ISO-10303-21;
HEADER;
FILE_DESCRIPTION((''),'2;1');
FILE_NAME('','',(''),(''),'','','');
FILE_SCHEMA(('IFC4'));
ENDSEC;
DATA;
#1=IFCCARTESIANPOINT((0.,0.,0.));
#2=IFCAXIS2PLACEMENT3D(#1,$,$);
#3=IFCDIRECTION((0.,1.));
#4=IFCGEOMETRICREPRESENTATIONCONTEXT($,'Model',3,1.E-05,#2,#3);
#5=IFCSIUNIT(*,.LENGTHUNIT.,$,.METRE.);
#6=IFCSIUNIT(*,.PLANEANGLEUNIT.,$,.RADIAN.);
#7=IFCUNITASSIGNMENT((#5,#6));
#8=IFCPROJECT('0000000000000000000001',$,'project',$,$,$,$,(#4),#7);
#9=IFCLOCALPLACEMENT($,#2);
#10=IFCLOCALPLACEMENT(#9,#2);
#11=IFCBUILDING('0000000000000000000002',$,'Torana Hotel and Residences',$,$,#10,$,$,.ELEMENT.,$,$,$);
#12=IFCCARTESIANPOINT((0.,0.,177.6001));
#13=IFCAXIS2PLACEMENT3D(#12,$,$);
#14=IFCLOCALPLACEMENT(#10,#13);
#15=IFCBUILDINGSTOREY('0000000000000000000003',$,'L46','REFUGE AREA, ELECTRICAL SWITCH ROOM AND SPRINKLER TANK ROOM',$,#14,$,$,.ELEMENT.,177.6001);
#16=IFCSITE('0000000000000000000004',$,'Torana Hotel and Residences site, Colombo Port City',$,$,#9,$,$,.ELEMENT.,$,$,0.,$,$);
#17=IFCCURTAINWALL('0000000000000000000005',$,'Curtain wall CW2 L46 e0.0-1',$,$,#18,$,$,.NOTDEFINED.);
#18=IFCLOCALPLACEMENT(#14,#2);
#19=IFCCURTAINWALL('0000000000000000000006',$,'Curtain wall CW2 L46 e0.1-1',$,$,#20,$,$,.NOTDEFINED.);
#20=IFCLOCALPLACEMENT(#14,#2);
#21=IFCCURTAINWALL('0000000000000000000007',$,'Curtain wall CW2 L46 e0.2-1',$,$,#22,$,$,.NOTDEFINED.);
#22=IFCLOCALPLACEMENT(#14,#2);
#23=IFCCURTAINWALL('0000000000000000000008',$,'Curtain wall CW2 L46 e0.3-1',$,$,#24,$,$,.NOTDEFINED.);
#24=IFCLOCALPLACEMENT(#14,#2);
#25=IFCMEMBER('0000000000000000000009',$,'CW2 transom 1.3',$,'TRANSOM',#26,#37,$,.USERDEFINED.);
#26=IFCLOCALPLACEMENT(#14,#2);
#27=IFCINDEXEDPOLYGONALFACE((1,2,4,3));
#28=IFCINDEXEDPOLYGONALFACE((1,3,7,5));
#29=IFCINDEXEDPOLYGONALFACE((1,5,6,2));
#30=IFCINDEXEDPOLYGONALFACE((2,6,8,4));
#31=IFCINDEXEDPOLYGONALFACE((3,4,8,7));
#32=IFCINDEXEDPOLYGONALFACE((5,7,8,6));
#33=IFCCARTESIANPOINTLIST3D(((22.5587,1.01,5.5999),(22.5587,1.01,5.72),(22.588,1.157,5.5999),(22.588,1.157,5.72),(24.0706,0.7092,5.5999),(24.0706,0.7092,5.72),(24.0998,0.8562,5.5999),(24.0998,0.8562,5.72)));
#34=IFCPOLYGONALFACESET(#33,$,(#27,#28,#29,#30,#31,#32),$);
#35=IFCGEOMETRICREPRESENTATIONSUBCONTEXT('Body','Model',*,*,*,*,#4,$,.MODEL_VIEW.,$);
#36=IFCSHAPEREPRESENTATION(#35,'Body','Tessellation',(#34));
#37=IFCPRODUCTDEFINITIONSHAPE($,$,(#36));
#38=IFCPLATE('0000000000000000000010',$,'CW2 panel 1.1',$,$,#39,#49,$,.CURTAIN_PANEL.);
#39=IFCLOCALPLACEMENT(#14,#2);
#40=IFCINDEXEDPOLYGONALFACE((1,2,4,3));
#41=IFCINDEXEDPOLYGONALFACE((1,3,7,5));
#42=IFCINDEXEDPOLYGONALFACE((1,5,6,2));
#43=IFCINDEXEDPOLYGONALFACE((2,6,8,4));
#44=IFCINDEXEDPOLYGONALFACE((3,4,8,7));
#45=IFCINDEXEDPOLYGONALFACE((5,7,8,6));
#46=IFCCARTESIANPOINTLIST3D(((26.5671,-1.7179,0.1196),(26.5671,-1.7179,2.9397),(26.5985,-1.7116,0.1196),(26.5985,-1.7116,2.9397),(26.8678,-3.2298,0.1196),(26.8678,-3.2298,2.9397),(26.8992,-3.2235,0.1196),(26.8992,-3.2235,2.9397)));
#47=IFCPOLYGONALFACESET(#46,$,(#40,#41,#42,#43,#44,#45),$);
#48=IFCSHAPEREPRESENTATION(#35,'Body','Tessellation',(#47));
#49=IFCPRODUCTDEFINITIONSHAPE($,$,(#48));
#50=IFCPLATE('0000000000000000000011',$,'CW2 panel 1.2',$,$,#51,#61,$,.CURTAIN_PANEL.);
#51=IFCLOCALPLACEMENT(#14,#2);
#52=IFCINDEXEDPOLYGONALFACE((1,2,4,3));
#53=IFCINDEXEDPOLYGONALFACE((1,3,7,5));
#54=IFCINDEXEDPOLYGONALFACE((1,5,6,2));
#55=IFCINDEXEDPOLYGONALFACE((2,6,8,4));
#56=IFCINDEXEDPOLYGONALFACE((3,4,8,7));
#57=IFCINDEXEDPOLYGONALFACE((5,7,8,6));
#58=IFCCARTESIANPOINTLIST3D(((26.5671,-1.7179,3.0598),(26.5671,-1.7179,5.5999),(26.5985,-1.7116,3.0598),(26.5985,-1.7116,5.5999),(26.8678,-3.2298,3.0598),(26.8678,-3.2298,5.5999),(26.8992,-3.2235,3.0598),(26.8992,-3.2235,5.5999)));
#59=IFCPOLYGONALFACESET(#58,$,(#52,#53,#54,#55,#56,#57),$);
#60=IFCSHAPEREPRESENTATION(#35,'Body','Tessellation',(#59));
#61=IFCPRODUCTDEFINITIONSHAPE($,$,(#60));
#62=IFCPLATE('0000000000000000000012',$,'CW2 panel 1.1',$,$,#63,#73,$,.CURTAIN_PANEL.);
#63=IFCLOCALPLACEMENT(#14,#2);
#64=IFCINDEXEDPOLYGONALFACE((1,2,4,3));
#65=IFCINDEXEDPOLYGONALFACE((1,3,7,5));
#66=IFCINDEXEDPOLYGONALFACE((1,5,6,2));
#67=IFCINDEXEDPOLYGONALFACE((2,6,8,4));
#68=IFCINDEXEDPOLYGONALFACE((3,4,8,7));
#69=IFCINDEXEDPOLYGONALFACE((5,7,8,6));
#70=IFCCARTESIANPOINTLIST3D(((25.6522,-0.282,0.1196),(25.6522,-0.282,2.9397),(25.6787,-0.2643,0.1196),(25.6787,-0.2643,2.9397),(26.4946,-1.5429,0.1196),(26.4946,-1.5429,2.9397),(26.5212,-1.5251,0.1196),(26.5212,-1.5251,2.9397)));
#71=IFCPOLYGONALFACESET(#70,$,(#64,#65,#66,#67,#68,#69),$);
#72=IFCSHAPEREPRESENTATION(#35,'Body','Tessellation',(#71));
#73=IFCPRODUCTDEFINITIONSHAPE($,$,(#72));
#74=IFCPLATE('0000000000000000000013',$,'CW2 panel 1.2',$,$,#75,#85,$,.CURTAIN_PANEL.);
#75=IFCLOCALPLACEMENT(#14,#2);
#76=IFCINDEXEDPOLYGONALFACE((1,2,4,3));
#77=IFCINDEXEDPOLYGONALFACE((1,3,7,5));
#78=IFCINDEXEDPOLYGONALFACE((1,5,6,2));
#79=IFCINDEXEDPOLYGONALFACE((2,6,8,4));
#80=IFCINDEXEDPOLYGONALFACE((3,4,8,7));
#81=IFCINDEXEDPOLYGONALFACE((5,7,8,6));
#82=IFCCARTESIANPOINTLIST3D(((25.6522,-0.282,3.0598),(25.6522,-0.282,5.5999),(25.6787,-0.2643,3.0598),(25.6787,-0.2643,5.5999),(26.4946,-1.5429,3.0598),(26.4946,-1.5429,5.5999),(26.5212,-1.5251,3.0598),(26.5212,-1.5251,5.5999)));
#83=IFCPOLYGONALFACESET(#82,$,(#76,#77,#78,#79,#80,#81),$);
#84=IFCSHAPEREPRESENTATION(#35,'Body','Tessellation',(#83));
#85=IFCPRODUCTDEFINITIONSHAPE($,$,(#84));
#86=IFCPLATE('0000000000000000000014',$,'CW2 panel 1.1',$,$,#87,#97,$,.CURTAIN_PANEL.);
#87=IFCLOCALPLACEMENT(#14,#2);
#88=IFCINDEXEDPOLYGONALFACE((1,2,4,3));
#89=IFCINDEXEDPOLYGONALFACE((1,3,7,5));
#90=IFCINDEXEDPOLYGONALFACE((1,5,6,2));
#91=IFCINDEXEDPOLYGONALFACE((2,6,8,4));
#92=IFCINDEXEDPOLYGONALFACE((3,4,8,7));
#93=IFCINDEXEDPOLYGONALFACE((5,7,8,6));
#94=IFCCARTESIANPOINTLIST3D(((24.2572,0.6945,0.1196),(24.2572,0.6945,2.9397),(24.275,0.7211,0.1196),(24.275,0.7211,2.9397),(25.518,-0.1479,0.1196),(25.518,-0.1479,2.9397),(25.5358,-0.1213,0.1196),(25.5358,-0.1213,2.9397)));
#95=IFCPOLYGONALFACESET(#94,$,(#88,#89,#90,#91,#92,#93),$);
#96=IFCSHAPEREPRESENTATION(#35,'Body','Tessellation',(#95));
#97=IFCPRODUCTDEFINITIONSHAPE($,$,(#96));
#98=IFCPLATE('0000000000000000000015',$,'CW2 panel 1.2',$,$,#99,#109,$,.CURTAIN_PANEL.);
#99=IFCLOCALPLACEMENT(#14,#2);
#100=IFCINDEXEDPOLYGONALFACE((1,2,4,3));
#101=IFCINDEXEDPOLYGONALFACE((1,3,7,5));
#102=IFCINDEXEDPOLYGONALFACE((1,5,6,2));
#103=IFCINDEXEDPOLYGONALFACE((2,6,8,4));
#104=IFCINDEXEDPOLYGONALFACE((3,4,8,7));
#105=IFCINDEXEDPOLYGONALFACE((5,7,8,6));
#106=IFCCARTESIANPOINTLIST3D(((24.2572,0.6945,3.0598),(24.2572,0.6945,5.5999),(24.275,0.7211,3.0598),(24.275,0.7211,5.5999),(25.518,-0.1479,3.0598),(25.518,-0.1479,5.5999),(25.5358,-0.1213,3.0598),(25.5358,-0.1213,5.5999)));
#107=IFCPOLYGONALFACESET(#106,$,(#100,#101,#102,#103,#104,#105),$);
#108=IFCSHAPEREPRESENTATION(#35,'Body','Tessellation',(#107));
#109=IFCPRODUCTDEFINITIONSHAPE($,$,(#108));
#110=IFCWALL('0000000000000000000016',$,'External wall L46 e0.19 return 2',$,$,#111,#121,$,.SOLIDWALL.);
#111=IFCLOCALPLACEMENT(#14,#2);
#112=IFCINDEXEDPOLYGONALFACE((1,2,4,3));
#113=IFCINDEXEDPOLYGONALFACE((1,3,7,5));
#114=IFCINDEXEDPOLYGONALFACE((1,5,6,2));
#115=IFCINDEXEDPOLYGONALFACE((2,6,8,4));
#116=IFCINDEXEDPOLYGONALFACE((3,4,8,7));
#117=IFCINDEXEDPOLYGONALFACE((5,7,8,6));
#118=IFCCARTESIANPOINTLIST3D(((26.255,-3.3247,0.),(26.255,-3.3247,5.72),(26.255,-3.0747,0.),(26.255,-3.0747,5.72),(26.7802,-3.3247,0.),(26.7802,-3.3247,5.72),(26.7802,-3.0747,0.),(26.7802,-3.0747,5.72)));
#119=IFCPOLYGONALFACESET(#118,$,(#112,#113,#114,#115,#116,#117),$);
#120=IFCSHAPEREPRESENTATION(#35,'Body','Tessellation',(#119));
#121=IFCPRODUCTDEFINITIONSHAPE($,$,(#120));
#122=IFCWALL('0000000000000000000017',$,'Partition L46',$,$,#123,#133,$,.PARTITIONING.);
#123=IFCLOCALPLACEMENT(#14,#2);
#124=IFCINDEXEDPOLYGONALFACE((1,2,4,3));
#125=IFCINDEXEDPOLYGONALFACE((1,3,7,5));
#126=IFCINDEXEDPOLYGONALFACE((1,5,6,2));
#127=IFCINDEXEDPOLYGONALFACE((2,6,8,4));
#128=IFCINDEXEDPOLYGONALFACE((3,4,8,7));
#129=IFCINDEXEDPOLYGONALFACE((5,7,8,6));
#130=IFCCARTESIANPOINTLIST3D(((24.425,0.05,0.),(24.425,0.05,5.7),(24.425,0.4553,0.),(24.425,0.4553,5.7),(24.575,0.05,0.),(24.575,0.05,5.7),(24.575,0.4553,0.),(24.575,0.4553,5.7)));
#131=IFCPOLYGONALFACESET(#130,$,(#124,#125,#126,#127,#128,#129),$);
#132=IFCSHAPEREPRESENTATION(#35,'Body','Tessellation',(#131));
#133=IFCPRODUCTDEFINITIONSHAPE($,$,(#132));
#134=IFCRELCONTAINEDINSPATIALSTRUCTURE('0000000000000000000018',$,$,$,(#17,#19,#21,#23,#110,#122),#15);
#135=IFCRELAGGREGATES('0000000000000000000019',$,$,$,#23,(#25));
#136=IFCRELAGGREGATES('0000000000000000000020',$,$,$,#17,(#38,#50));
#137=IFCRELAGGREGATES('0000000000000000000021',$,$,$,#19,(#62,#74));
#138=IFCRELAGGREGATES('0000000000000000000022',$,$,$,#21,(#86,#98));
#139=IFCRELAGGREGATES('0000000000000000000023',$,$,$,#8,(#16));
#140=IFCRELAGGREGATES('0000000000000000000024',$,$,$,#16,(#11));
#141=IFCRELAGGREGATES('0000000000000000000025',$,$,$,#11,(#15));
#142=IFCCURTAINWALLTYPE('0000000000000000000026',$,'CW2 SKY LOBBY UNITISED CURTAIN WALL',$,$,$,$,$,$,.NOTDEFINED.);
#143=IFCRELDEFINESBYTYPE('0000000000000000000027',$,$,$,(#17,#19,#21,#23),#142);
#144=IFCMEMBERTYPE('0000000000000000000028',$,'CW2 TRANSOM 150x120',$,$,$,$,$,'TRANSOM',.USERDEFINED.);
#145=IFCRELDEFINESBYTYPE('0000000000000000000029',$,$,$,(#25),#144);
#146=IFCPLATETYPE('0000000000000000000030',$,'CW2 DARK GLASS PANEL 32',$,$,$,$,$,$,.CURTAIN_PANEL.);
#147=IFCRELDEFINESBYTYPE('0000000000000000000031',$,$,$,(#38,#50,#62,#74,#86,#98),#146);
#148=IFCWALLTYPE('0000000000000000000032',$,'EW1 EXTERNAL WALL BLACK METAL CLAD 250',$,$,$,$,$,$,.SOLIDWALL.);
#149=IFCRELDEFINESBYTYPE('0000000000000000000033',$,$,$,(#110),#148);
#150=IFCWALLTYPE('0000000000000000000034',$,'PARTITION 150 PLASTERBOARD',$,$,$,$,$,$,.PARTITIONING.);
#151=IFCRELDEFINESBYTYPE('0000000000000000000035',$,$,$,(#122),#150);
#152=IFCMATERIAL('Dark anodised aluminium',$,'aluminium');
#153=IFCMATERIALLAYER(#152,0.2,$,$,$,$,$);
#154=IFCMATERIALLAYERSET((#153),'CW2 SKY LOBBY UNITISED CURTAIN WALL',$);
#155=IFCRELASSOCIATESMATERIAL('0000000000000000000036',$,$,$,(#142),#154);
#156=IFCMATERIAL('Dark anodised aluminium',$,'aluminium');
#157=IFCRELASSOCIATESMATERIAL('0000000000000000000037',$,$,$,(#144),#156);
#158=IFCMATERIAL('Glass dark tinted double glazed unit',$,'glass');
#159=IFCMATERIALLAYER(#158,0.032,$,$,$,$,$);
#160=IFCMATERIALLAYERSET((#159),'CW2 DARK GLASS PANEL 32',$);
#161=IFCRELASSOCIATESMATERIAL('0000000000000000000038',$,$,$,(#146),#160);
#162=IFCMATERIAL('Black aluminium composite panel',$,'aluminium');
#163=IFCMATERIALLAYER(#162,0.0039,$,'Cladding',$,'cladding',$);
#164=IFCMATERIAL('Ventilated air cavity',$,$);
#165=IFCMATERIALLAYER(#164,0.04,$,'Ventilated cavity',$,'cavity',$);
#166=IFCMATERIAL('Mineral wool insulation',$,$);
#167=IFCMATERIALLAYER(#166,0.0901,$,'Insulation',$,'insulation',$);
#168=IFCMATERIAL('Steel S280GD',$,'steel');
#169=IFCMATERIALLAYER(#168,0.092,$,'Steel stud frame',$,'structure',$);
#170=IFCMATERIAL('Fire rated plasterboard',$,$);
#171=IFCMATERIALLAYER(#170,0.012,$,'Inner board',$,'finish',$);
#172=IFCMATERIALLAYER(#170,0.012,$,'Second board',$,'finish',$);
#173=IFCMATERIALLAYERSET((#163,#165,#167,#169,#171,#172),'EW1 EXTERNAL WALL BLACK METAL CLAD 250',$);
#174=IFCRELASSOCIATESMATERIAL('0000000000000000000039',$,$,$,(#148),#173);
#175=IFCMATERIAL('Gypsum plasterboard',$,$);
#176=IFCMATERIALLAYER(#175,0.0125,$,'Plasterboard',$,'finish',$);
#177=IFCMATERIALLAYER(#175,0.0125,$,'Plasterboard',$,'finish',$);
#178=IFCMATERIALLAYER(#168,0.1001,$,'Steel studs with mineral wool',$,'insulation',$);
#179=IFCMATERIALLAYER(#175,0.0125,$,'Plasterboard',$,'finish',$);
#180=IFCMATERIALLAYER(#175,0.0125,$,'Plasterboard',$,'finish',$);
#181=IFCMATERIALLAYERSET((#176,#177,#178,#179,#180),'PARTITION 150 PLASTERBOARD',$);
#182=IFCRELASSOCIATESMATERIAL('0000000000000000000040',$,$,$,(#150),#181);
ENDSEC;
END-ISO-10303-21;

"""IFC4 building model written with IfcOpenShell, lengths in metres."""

from ifc_helpers import new_model, si_unit, direction, frame, frame_2d, origin, origin_2d, place, context, subcontext, project, spatial, rectangle, extrude, material, layer, layer_set, material_profile, profile_set, type_object, element, aggregate, save


model = new_model("IFC4")

# Units and contexts
model_context = context("Model", 3, precision=1e-05, world=origin(), true_north=direction((0.0, 1.0)))
body_context = subcontext(model_context, "Body", "Model", "MODEL_VIEW")
ifc_project = project(units=[si_unit("LENGTHUNIT", "METRE"), si_unit("PLANEANGLEUNIT", "RADIAN")], contexts=[model_context])

# Site, building, storey
site_placement = place(None, origin())
site = spatial("IfcSite", under=ifc_project, at=site_placement, Name="Torana Hotel and Residences site, Colombo Port City", CompositionType="ELEMENT", RefElevation=0.0)
building_placement = place(site_placement, origin())
building = spatial("IfcBuilding", under=site, at=building_placement, Name="Torana Hotel and Residences", CompositionType="ELEMENT")
storey_placement = place(building_placement, frame((0.0, 0.0, 177.6001)))
storey = spatial("IfcBuildingStorey", under=building, at=storey_placement, Name="L46", Description="REFUGE AREA, ELECTRICAL SWITCH ROOM AND SPRINKLER TANK ROOM", CompositionType="ELEMENT", Elevation=177.6001)

# Curtain wall
ifc_material_1 = material(Name="Dark anodised aluminium", Category="aluminium")
ifc_layer_1 = layer(ifc_material_1, 0.2)
ifc_layer_set_1 = layer_set([ifc_layer_1], Name="CW2 SKY LOBBY UNITISED CURTAIN WALL")
curtain_wall_type = type_object("IfcCurtainWallType", Name="CW2 SKY LOBBY UNITISED CURTAIN WALL", PredefinedType="NOTDEFINED", material=ifc_layer_set_1)
curtain_wall_1_placement = place(storey_placement, origin())
curtain_wall_1 = element("IfcCurtainWall", 1, at=curtain_wall_1_placement, inside=storey, type_object=curtain_wall_type, Name="Curtain wall CW2 L46 e0.0-1", PredefinedType="NOTDEFINED")

# Curtain walls
curtain_wall_2_placement = place(storey_placement, origin())
curtain_wall_2 = element("IfcCurtainWall", 2, at=curtain_wall_2_placement, inside=storey, type_object=curtain_wall_type, Name="Curtain wall CW2 L46 e0.1-1", PredefinedType="NOTDEFINED")
curtain_wall_3_placement = place(storey_placement, origin())
curtain_wall_3 = element("IfcCurtainWall", 3, at=curtain_wall_3_placement, inside=storey, type_object=curtain_wall_type, Name="Curtain wall CW2 L46 e0.2-1", PredefinedType="NOTDEFINED")

# Curtain wall
curtain_wall_4_placement = place(storey_placement, origin())
curtain_wall_4 = element("IfcCurtainWall", 4, at=curtain_wall_4_placement, inside=storey, type_object=curtain_wall_type, Name="Curtain wall CW2 L46 e0.3-1", PredefinedType="NOTDEFINED")

# Member
ifc_material_2 = material(Name="Dark anodised aluminium", Category="aluminium")
ifc_material_profile_1 = material_profile(ifc_material_2, rectangle(XDim=0.1499, YDim=0.1201, at=origin_2d()), Name="CW2 TRANSOM 150x120")
ifc_profile_set_1 = profile_set([ifc_material_profile_1], Name="Dark anodised aluminium")
member_type_1 = type_object("IfcMemberType", Name="CW2 TRANSOM 150x120", ElementType="TRANSOM", PredefinedType="USERDEFINED", material=ifc_profile_set_1)
member_1_placement = place(storey_placement, frame((24.0852, 0.7827, 5.6599), z_axis=(-0.980781, 0.195111, 0.0), x_axis=(-0.195111, -0.980781, 0.0)))
member_1 = element("IfcMember", 5, at=member_1_placement, type_object=member_type_1, Name="CW2 transom 1.3", ObjectType="TRANSOM", PredefinedType="USERDEFINED", context=body_context, shape_type="SweptSolid", body=[
    extrude(rectangle(XDim=0.1499, YDim=0.1201, at=origin_2d()), origin(), (0.0, 0.0, 1.0), 1.5415),
])
aggregate(curtain_wall_4, [member_1])

# Plates
ifc_material_3 = material(Name="Glass dark tinted double glazed unit", Category="glass")
ifc_layer_2 = layer(ifc_material_3, 0.032)
ifc_layer_set_2 = layer_set([ifc_layer_2], Name="CW2 DARK GLASS PANEL 32")
plate_type = type_object("IfcPlateType", Name="CW2 DARK GLASS PANEL 32", PredefinedType="CURTAIN_PANEL", material=ifc_layer_set_2)
plate_1_placement = place(storey_placement, frame((26.7332, -2.4707, 0.1196), z_axis=(0.0, 0.0, 1.0), x_axis=(-0.195064, 0.980791, 0.0)))
plate_1 = element("IfcPlate", 6, at=plate_1_placement, type_object=plate_type, Name="CW2 panel 1.1", PredefinedType="CURTAIN_PANEL", context=body_context, shape_type="SweptSolid", body=[
    extrude(rectangle(XDim=1.5415, YDim=0.032, at=origin_2d()), origin(), (0.0, 0.0, 1.0), 2.8201),
])
plate_2_placement = place(storey_placement, frame((26.7332, -2.4707, 3.0598), z_axis=(0.0, 0.0, 1.0), x_axis=(-0.195064, 0.980791, 0.0)))
plate_2 = element("IfcPlate", 7, at=plate_2_placement, type_object=plate_type, Name="CW2 panel 1.2", PredefinedType="CURTAIN_PANEL", context=body_context, shape_type="SweptSolid", body=[
    extrude(rectangle(XDim=1.5415, YDim=0.032, at=origin_2d()), origin(), (0.0, 0.0, 1.0), 2.54),
])
aggregate(curtain_wall_1, [plate_1, plate_2])
plate_3_placement = place(storey_placement, frame((26.0867, -0.9036, 0.1196), z_axis=(0.0, 0.0, 1.0), x_axis=(-0.555564, 0.831474, 0.0)))
plate_3 = element("IfcPlate", 8, at=plate_3_placement, type_object=plate_type, Name="CW2 panel 1.1", PredefinedType="CURTAIN_PANEL", context=body_context, shape_type="SweptSolid", body=[
    extrude(rectangle(XDim=1.5164, YDim=0.032, at=origin_2d()), origin(), (0.0, 0.0, 1.0), 2.8201),
])
plate_4_placement = place(storey_placement, frame((26.0867, -0.9036, 3.0598), z_axis=(0.0, 0.0, 1.0), x_axis=(-0.555564, 0.831474, 0.0)))
plate_4 = element("IfcPlate", 9, at=plate_4_placement, type_object=plate_type, Name="CW2 panel 1.2", PredefinedType="CURTAIN_PANEL", context=body_context, shape_type="SweptSolid", body=[
    extrude(rectangle(XDim=1.5164, YDim=0.032, at=origin_2d()), origin(), (0.0, 0.0, 1.0), 2.54),
])
aggregate(curtain_wall_2, [plate_3, plate_4])
plate_5_placement = place(storey_placement, frame((24.8965, 0.2866, 0.1196), z_axis=(0.0, 0.0, 1.0), x_axis=(-0.831474, 0.555564, 0.0)))
plate_5 = element("IfcPlate", 10, at=plate_5_placement, type_object=plate_type, Name="CW2 panel 1.1", PredefinedType="CURTAIN_PANEL", context=body_context, shape_type="SweptSolid", body=[
    extrude(rectangle(XDim=1.5164, YDim=0.032, at=origin_2d()), origin(), (0.0, 0.0, 1.0), 2.8201),
])
plate_6_placement = place(storey_placement, frame((24.8965, 0.2866, 3.0598), z_axis=(0.0, 0.0, 1.0), x_axis=(-0.831474, 0.555564, 0.0)))
plate_6 = element("IfcPlate", 11, at=plate_6_placement, type_object=plate_type, Name="CW2 panel 1.2", PredefinedType="CURTAIN_PANEL", context=body_context, shape_type="SweptSolid", body=[
    extrude(rectangle(XDim=1.5164, YDim=0.032, at=origin_2d()), origin(), (0.0, 0.0, 1.0), 2.54),
])
aggregate(curtain_wall_3, [plate_5, plate_6])

# Walls
ifc_material_4 = material(Name="Black aluminium composite panel", Category="aluminium")
ifc_layer_3 = layer(ifc_material_4, 0.0039, Name="Cladding", Category="cladding")
ifc_material_5 = material(Name="Ventilated air cavity")
ifc_layer_4 = layer(ifc_material_5, 0.04, Name="Ventilated cavity", Category="cavity")
ifc_material_6 = material(Name="Mineral wool insulation")
ifc_layer_5 = layer(ifc_material_6, 0.0901, Name="Insulation", Category="insulation")
ifc_material_7 = material(Name="Steel S280GD", Category="steel")
ifc_layer_6 = layer(ifc_material_7, 0.092, Name="Steel stud frame", Category="structure")
ifc_material_8 = material(Name="Fire rated plasterboard")
ifc_layer_7 = layer(ifc_material_8, 0.012, Name="Inner board", Category="finish")
ifc_layer_8 = layer(ifc_material_8, 0.012, Name="Second board", Category="finish")
ifc_layer_set_3 = layer_set([ifc_layer_3, ifc_layer_4, ifc_layer_5, ifc_layer_6, ifc_layer_7, ifc_layer_8], Name="EW1 EXTERNAL WALL BLACK METAL CLAD 250")
wall_type_1 = type_object("IfcWallType", Name="EW1 EXTERNAL WALL BLACK METAL CLAD 250", PredefinedType="SOLIDWALL", material=ifc_layer_set_3)
wall_1_placement = place(storey_placement, frame((26.2549, -3.1997, 0.0), z_axis=(0.0, 0.0, 1.0), x_axis=(1.0, 0.0, 0.0)))
element("IfcWall", 12, at=wall_1_placement, inside=storey, type_object=wall_type_1, Name="External wall L46 e0.19 return 2", PredefinedType="SOLIDWALL", context=body_context, shape_type="SweptSolid", body=[
    extrude(rectangle(XDim=0.5251, YDim=0.25, at=frame_2d((0.2627, 0.0))), origin(), (0.0, 0.0, 1.0), 5.72),
])
ifc_material_9 = material(Name="Gypsum plasterboard")
ifc_layer_9 = layer(ifc_material_9, 0.0125, Name="Plasterboard", Category="finish")
ifc_layer_10 = layer(ifc_material_9, 0.0125, Name="Plasterboard", Category="finish")
ifc_layer_11 = layer(ifc_material_7, 0.1001, Name="Steel studs with mineral wool", Category="insulation")
ifc_layer_12 = layer(ifc_material_9, 0.0125, Name="Plasterboard", Category="finish")
ifc_layer_13 = layer(ifc_material_9, 0.0125, Name="Plasterboard", Category="finish")
ifc_layer_set_4 = layer_set([ifc_layer_9, ifc_layer_10, ifc_layer_11, ifc_layer_12, ifc_layer_13], Name="PARTITION 150 PLASTERBOARD")
wall_type_2 = type_object("IfcWallType", Name="PARTITION 150 PLASTERBOARD", PredefinedType="PARTITIONING", material=ifc_layer_set_4)
wall_2_placement = place(storey_placement, frame((24.5, 0.05, 0.0), z_axis=(0.0, 0.0, 1.0), x_axis=(0.0, 1.0, 0.0)))
element("IfcWall", 13, at=wall_2_placement, inside=storey, type_object=wall_type_2, Name="Partition L46", PredefinedType="PARTITIONING", context=body_context, shape_type="SweptSolid", body=[
    extrude(rectangle(XDim=0.4053, YDim=0.1499, at=frame_2d((0.2026, 0.0))), origin(), (0.0, 0.0, 1.0), 5.7),
])

save(model, "model.ifc")
